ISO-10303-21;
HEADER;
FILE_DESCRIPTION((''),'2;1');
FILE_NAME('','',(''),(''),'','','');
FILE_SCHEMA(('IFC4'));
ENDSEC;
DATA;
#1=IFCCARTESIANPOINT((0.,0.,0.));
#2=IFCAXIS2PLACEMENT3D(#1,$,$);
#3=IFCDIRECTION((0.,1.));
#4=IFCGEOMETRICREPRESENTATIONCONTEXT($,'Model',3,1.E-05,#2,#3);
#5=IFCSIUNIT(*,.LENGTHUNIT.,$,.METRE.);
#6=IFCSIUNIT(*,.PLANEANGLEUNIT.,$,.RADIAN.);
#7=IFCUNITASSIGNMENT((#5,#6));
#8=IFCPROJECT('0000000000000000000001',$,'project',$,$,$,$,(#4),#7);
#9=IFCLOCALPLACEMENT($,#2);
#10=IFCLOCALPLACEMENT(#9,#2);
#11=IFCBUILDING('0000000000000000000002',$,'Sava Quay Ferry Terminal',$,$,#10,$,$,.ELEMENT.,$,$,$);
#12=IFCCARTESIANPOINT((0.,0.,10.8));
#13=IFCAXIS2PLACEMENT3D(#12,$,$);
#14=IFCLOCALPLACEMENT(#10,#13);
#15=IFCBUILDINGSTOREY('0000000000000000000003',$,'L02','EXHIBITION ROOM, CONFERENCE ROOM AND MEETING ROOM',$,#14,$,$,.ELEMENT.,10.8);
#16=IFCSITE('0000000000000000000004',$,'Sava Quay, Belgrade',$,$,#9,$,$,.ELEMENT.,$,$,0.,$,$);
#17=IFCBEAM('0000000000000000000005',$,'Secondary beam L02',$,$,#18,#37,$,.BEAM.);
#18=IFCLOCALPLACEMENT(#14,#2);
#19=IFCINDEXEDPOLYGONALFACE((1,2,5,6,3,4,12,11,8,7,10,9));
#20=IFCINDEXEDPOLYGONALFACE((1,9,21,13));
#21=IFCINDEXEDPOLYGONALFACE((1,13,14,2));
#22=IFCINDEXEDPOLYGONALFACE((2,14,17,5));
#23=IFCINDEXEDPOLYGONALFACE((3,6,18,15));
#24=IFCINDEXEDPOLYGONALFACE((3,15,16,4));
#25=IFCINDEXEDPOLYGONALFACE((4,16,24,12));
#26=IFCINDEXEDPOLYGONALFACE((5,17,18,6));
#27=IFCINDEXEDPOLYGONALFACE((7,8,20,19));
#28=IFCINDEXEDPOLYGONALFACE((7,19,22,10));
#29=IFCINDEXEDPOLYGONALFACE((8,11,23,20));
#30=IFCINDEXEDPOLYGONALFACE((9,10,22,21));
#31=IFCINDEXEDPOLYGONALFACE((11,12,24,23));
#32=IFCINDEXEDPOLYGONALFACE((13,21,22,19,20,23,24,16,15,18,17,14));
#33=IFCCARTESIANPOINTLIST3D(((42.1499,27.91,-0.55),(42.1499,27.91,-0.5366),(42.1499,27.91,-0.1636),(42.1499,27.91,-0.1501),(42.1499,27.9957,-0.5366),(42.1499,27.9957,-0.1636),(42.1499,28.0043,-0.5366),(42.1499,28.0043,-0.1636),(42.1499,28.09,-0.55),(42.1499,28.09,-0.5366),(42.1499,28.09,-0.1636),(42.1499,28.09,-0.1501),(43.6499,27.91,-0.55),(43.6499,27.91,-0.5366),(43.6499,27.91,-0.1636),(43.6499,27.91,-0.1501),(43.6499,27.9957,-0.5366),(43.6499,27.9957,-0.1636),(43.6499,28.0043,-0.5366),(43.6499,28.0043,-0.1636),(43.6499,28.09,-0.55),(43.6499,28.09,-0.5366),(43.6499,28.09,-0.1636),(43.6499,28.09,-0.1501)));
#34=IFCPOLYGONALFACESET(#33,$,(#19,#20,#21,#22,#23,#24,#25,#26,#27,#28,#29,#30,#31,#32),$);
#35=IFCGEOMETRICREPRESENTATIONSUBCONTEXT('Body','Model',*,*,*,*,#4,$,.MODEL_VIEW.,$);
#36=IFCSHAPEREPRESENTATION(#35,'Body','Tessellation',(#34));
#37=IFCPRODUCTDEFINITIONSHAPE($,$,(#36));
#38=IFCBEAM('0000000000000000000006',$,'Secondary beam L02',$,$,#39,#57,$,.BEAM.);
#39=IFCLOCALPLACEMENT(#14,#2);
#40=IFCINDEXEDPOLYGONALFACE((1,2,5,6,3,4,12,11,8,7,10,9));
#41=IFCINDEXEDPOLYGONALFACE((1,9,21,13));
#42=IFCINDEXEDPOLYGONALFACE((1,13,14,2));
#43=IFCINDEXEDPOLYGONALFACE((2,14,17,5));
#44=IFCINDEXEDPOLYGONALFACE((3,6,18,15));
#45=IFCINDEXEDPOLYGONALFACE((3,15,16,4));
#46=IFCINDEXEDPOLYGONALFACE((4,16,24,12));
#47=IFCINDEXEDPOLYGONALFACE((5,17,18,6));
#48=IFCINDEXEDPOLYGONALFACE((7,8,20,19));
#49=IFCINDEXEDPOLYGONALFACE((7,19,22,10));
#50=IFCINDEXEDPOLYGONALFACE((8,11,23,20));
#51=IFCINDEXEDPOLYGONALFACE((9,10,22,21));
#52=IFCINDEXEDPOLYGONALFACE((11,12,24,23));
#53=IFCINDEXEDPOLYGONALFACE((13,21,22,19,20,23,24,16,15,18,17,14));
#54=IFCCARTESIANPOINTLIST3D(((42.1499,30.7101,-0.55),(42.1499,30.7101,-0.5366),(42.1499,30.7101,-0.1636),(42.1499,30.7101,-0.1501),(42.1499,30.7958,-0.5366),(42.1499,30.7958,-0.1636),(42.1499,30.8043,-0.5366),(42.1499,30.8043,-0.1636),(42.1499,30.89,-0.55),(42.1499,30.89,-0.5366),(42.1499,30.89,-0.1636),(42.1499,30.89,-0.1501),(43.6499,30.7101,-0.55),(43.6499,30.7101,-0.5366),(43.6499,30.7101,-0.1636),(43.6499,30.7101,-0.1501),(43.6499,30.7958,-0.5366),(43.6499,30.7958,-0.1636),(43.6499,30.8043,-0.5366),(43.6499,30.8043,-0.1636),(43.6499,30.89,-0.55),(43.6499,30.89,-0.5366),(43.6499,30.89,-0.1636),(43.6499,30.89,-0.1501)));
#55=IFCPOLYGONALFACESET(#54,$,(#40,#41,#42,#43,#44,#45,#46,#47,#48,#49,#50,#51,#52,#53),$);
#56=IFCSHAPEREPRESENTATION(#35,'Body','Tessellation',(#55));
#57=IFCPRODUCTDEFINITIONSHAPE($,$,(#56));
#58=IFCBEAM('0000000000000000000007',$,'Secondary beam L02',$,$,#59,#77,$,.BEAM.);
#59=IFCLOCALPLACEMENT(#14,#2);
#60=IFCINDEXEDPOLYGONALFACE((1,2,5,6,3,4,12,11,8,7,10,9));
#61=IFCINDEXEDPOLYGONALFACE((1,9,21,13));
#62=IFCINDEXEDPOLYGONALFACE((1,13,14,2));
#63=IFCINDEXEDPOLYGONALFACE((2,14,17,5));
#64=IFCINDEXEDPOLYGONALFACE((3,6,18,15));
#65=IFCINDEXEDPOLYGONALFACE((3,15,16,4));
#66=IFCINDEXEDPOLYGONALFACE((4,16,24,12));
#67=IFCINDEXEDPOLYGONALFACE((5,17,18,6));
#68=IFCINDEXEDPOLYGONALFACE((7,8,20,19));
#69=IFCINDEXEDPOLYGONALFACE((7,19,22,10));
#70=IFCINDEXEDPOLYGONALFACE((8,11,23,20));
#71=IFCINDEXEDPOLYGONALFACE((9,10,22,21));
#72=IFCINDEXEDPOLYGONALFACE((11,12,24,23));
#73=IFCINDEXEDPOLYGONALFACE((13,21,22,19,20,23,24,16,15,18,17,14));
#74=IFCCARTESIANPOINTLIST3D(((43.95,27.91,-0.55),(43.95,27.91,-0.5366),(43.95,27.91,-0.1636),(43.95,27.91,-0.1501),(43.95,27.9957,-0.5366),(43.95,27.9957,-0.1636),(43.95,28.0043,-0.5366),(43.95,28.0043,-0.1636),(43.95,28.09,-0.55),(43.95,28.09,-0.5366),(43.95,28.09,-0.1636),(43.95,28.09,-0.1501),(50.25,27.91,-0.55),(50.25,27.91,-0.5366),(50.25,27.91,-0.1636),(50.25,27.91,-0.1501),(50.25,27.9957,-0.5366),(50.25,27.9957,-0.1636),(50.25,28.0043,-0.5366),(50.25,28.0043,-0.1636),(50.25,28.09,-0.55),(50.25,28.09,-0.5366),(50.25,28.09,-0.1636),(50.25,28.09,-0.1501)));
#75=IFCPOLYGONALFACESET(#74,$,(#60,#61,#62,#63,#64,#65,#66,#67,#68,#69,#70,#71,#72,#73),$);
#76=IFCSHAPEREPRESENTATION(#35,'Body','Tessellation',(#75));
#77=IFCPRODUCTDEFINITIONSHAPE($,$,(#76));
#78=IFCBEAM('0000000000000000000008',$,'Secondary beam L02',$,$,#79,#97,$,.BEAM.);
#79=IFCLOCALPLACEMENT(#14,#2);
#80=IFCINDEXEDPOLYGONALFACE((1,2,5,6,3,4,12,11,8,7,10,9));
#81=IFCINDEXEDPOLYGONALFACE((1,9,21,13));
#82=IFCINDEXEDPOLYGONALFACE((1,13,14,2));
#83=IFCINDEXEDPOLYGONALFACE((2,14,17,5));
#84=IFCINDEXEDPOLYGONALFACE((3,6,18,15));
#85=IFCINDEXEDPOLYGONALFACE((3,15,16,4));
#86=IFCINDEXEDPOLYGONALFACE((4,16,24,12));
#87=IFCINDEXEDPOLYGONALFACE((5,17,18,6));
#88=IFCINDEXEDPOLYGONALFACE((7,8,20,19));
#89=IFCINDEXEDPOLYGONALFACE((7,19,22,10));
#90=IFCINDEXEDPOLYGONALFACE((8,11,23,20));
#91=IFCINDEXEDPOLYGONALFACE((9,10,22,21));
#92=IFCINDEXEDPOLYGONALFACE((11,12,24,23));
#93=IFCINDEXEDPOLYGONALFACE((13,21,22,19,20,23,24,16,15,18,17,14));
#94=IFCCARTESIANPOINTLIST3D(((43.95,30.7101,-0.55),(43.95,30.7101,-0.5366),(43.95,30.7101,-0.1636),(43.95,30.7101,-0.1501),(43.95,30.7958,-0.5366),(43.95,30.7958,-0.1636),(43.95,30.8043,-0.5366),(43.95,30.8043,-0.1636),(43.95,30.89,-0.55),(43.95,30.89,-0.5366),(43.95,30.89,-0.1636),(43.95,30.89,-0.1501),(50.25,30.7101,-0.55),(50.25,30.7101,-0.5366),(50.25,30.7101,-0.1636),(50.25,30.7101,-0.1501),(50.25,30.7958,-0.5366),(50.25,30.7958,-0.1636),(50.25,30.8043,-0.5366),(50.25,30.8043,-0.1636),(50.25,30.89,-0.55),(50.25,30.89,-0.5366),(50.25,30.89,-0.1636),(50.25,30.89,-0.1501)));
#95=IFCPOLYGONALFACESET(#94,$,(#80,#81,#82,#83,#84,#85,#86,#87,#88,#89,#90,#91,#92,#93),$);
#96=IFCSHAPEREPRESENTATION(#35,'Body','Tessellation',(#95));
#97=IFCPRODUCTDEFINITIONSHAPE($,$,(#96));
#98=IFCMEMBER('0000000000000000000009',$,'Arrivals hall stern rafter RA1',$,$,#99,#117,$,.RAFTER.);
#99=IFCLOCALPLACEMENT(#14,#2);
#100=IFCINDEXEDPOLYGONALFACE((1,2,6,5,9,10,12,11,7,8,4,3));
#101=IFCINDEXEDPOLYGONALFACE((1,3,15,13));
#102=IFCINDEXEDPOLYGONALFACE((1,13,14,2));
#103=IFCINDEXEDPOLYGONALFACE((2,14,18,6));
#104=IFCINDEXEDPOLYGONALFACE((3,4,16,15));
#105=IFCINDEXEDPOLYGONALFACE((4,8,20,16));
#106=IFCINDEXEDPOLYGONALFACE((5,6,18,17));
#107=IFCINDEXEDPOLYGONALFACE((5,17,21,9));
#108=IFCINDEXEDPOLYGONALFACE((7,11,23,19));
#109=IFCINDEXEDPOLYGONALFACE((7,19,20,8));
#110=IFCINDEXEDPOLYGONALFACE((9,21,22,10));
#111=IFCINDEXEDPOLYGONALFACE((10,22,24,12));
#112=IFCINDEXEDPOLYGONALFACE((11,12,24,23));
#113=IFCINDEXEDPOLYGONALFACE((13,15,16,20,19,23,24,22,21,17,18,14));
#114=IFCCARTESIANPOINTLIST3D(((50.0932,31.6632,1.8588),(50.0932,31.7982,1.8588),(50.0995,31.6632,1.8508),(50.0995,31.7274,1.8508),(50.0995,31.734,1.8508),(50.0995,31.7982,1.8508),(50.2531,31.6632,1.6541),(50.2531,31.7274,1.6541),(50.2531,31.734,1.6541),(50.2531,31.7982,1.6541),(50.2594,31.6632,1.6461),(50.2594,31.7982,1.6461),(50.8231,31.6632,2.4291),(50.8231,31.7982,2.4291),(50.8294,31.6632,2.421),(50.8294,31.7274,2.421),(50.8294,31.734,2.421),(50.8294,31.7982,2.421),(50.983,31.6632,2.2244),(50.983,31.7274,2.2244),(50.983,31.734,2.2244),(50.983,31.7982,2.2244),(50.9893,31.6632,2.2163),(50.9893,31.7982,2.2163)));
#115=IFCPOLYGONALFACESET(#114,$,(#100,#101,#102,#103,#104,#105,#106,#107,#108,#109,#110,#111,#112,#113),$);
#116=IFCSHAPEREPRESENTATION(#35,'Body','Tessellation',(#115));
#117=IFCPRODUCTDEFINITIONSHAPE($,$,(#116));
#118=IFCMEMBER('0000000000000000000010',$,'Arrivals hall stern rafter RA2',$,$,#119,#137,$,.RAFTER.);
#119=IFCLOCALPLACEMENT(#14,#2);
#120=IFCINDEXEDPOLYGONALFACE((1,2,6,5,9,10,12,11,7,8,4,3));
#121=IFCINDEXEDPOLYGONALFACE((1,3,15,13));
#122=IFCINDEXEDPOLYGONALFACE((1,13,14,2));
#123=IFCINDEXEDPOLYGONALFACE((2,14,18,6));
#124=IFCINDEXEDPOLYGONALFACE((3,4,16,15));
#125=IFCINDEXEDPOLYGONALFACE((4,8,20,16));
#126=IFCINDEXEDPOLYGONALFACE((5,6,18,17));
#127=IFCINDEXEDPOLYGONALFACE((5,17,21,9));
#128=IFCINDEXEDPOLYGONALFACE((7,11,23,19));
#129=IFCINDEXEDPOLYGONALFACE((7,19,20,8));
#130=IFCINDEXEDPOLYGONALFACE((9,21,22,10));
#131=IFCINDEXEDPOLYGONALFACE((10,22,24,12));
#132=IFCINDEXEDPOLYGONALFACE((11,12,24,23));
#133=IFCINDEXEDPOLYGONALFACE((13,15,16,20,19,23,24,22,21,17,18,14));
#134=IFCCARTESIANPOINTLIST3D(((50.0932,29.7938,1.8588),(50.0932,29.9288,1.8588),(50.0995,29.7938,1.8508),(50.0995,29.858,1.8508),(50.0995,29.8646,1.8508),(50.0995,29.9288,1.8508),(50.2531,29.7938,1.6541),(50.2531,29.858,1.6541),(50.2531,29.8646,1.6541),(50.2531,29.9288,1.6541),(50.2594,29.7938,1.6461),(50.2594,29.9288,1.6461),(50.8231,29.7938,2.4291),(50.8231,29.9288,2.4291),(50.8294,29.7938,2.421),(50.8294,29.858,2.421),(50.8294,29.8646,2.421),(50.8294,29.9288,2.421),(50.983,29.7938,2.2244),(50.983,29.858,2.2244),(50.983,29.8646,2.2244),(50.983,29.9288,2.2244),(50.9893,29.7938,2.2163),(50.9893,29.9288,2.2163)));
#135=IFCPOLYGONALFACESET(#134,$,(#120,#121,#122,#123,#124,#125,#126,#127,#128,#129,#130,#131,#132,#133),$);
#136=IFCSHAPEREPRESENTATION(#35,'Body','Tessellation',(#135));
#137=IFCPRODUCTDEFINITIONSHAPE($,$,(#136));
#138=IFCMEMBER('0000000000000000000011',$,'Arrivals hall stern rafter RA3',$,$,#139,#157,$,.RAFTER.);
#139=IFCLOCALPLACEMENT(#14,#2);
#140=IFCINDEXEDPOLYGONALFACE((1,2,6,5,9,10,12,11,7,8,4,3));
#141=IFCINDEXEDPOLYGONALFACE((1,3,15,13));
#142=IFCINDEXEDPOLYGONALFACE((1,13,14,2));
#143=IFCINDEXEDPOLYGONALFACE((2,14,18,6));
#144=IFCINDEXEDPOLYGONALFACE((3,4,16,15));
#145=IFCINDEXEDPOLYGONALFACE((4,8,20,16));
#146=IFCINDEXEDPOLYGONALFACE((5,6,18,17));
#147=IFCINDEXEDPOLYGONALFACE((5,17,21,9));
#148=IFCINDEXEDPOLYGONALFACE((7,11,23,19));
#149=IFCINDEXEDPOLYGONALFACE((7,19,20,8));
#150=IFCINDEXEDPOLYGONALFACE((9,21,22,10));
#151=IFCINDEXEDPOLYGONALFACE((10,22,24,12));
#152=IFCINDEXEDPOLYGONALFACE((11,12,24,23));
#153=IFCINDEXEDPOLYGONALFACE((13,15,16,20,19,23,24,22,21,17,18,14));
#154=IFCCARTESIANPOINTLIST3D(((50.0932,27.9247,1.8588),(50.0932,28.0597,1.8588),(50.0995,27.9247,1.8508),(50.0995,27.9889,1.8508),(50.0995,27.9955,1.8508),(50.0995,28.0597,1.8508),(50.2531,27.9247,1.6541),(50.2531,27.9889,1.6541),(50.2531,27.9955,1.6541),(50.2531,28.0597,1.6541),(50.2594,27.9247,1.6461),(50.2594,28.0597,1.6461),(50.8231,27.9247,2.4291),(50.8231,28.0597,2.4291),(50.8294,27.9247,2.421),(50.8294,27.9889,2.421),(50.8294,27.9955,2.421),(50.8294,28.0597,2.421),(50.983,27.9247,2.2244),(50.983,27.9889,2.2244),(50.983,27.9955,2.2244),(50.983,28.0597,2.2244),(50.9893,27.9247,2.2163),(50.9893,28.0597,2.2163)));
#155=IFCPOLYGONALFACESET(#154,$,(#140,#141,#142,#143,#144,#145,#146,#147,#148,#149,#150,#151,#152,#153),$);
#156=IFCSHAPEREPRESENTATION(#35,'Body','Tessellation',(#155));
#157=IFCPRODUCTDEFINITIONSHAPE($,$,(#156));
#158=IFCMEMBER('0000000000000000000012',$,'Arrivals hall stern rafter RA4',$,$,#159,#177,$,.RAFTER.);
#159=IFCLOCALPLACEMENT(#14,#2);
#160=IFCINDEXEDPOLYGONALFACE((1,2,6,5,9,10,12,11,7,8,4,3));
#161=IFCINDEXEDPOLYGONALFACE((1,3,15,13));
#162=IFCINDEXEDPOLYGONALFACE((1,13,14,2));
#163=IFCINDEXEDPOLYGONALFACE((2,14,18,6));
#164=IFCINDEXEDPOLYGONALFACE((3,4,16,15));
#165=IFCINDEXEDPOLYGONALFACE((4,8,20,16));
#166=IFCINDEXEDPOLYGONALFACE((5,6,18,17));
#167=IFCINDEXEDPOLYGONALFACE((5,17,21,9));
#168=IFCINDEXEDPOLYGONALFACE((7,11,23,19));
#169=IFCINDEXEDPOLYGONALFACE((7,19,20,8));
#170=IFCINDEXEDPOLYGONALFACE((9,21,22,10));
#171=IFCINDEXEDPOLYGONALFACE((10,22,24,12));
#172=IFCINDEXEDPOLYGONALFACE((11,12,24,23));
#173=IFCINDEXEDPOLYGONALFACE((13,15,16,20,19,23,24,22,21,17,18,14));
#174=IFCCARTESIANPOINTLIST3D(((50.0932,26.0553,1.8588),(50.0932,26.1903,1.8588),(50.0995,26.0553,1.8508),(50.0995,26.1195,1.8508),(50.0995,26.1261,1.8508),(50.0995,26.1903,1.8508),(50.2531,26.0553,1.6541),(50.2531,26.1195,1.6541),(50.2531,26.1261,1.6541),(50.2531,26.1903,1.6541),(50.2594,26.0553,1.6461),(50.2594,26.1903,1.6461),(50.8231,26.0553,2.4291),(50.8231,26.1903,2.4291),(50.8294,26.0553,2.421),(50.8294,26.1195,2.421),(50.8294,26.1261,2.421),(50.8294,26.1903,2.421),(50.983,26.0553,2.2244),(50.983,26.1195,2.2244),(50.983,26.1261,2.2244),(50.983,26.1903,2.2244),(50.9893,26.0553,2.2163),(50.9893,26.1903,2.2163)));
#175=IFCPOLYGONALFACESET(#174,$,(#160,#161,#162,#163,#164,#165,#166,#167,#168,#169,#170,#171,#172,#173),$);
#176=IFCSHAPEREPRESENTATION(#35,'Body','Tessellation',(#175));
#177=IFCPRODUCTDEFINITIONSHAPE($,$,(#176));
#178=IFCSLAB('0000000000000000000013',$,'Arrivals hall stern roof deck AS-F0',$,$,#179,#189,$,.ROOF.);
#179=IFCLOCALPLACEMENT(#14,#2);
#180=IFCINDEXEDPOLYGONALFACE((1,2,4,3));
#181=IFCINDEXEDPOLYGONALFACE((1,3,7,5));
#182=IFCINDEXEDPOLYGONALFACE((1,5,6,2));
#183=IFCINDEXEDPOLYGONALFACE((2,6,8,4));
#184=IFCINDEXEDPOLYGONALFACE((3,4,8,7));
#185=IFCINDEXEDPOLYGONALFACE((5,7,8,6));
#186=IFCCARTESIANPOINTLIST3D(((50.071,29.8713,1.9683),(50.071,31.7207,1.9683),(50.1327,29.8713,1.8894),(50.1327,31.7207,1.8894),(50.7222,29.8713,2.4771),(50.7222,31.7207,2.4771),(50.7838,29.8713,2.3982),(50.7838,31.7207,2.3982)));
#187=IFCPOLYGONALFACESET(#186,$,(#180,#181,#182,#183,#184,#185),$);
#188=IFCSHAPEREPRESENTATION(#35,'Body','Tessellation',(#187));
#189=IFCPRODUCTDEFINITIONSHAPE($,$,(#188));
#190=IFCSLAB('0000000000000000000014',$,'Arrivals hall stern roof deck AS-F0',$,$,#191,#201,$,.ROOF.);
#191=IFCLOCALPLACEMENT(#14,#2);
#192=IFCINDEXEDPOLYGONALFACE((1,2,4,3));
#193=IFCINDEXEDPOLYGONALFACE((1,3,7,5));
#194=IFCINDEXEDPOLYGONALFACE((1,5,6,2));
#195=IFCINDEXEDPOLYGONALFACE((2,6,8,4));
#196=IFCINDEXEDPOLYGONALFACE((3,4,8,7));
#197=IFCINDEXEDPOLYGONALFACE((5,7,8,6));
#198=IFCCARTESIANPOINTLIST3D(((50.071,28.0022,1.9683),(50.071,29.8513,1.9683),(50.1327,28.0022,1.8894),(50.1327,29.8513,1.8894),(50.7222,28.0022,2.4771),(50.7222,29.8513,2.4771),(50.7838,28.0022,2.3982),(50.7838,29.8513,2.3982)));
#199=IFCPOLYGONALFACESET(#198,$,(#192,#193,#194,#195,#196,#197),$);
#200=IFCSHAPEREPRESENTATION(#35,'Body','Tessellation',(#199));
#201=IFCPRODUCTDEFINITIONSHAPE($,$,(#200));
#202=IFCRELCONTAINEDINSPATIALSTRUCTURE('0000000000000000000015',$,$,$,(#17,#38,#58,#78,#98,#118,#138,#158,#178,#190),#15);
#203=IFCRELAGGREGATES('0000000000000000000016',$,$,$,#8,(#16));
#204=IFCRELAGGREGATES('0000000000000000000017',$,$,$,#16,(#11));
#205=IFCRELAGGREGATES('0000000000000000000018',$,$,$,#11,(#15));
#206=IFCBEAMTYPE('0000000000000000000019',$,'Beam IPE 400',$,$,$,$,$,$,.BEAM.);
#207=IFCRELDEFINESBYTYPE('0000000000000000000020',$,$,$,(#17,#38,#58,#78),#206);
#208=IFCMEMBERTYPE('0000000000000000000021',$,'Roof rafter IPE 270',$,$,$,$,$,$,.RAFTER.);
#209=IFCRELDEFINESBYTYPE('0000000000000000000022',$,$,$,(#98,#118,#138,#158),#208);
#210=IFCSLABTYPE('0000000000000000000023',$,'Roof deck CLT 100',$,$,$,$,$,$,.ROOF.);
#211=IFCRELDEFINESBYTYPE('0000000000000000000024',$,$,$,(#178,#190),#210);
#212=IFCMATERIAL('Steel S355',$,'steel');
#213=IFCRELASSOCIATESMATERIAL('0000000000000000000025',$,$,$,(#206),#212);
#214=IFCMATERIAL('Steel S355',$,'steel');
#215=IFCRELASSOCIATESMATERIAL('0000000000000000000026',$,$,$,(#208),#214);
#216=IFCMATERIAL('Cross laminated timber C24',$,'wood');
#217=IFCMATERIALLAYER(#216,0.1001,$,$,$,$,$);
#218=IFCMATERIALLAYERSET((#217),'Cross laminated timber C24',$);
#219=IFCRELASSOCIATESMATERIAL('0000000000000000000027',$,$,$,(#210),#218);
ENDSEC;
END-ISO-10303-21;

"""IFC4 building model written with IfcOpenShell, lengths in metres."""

from ifc_helpers import new_model, si_unit, direction, frame, origin, origin_2d, place, context, subcontext, project, spatial, polyline, i_section, outline, extrude, material, layer, layer_set, material_profile, profile_set, type_object, element, save


model = new_model("IFC4")

# Units and contexts
model_context = context("Model", 3, precision=1e-05, world=origin(), true_north=direction((0.0, 1.0)))
body_context = subcontext(model_context, "Body", "Model", "MODEL_VIEW")
ifc_project = project(units=[si_unit("LENGTHUNIT", "METRE"), si_unit("PLANEANGLEUNIT", "RADIAN")], contexts=[model_context])

# Site, building, storey
site_placement = place(None, origin())
site = spatial("IfcSite", under=ifc_project, at=site_placement, Name="Sava Quay, Belgrade", CompositionType="ELEMENT", RefElevation=0.0)
building_placement = place(site_placement, origin())
building = spatial("IfcBuilding", under=site, at=building_placement, Name="Sava Quay Ferry Terminal", CompositionType="ELEMENT")
storey_placement = place(building_placement, frame((0.0, 0.0, 10.8)))
storey = spatial("IfcBuildingStorey", under=building, at=storey_placement, Name="L02", Description="EXHIBITION ROOM, CONFERENCE ROOM AND MEETING ROOM", CompositionType="ELEMENT", Elevation=10.8)

# Beams
ifc_material_1 = material(Name="Steel S355", Category="steel")
ifc_material_profile_1 = material_profile(ifc_material_1, i_section(OverallWidth=0.1799, OverallDepth=0.3999, WebThickness=0.0085, FlangeThickness=0.0134, at=origin_2d()), Name="IPE 400")
ifc_profile_set_1 = profile_set([ifc_material_profile_1], Name="Steel S355")
beam_type = type_object("IfcBeamType", Name="Beam IPE 400", PredefinedType="BEAM", material=ifc_profile_set_1)
for number, where, z_axis, x_axis, name in (
    (1, (42.1499, 28.0, -0.3501), (1.0, 0.0, 0.0), (0.0, 1.0, 0.0), "Secondary beam L02"),
    (2, (42.1499, 30.8, -0.3501), (1.0, 0.0, 0.0), (0.0, 1.0, 0.0), "Secondary beam L02"),
):
    element("IfcBeam", number, at=place(storey_placement, frame(where, z_axis=z_axis, x_axis=x_axis)), inside=storey, type_object=beam_type, Name=name, PredefinedType="BEAM", context=body_context, shape_type="SweptSolid", body=[
        extrude(i_section(OverallWidth=0.1799, OverallDepth=0.3999, WebThickness=0.0085, FlangeThickness=0.0134, at=origin_2d()), origin(), (0.0, 0.0, 1.0), 1.5),
    ])
for number, where, z_axis, x_axis, name in (
    (3, (43.95, 28.0, -0.3501), (1.0, 0.0, 0.0), (0.0, 1.0, 0.0), "Secondary beam L02"),
    (4, (43.95, 30.8, -0.3501), (1.0, 0.0, 0.0), (0.0, 1.0, 0.0), "Secondary beam L02"),
):
    element("IfcBeam", number, at=place(storey_placement, frame(where, z_axis=z_axis, x_axis=x_axis)), inside=storey, type_object=beam_type, Name=name, PredefinedType="BEAM", context=body_context, shape_type="SweptSolid", body=[
        extrude(i_section(OverallWidth=0.1799, OverallDepth=0.3999, WebThickness=0.0085, FlangeThickness=0.0134, at=origin_2d()), origin(), (0.0, 0.0, 1.0), 6.3),
    ])

# Members
ifc_material_2 = material(Name="Steel S355", Category="steel")
ifc_material_profile_2 = material_profile(ifc_material_2, i_section(OverallWidth=0.135, OverallDepth=0.27, WebThickness=0.0066, FlangeThickness=0.0103, at=origin_2d()), Name="IPE 270")
ifc_profile_set_2 = profile_set([ifc_material_profile_2], Name="Steel S355")
member_type = type_object("IfcMemberType", Name="Roof rafter IPE 270", PredefinedType="RAFTER", material=ifc_profile_set_2)
for number, where, z_axis, x_axis, name in (
    (5, (50.1763, 31.7307, 1.7524), (0.788016, 0.0, 0.615654), (0.0, 1.0, 0.0), "Arrivals hall stern rafter RA1"),
    (6, (50.1763, 29.8613, 1.7524), (0.788016, 0.0, 0.615654), (0.0, 1.0, 0.0), "Arrivals hall stern rafter RA2"),
    (7, (50.1763, 27.9922, 1.7524), (0.788016, 0.0, 0.615654), (0.0, 1.0, 0.0), "Arrivals hall stern rafter RA3"),
    (8, (50.1763, 26.1228, 1.7524), (0.788016, 0.0, 0.615654), (0.0, 1.0, 0.0), "Arrivals hall stern rafter RA4"),
):
    element("IfcMember", number, at=place(storey_placement, frame(where, z_axis=z_axis, x_axis=x_axis)), inside=storey, type_object=member_type, Name=name, PredefinedType="RAFTER", context=body_context, shape_type="SweptSolid", body=[
        extrude(i_section(OverallWidth=0.135, OverallDepth=0.27, WebThickness=0.0066, FlangeThickness=0.0103, at=origin_2d()), origin(), (0.0, 0.0, 1.0), 0.9263),
    ])

# Slabs
ifc_material_3 = material(Name="Cross laminated timber C24", Category="wood")
ifc_layer_1 = layer(ifc_material_3, 0.1001)
ifc_layer_set_1 = layer_set([ifc_layer_1], Name="Cross laminated timber C24")
slab_type = type_object("IfcSlabType", Name="Roof deck CLT 100", PredefinedType="ROOF", material=ifc_layer_set_1)
slab_1_placement = place(storey_placement, frame((50.071, 31.7207, 1.9683), z_axis=(-0.615719, 0.0, 0.787966), x_axis=(0.787966, 0.0, 0.615719)))
element("IfcSlab", 9, at=slab_1_placement, inside=storey, type_object=slab_type, Name="Arrivals hall stern roof deck AS-F0", PredefinedType="ROOF", context=body_context, shape_type="SweptSolid", body=[
    extrude(outline(polyline([(0.0, 0.0), (0.8263, 0.0), (0.8263, -1.8494), (0.0, -1.8494), (0.0, 0.0)])), origin(), (0.0, 0.0, -1.0), 0.1001),
])
slab_2_placement = place(storey_placement, frame((50.071, 29.8513, 1.9683), z_axis=(-0.615719, 0.0, 0.787966), x_axis=(0.787966, 0.0, 0.615719)))
element("IfcSlab", 10, at=slab_2_placement, inside=storey, type_object=slab_type, Name="Arrivals hall stern roof deck AS-F0", PredefinedType="ROOF", context=body_context, shape_type="SweptSolid", body=[
    extrude(outline(polyline([(0.0, 0.0), (0.8263, 0.0), (0.8263, -1.8491), (0.0, -1.8491), (0.0, 0.0)])), origin(), (0.0, 0.0, -1.0), 0.1001),
])

save(model, "model.ifc")
